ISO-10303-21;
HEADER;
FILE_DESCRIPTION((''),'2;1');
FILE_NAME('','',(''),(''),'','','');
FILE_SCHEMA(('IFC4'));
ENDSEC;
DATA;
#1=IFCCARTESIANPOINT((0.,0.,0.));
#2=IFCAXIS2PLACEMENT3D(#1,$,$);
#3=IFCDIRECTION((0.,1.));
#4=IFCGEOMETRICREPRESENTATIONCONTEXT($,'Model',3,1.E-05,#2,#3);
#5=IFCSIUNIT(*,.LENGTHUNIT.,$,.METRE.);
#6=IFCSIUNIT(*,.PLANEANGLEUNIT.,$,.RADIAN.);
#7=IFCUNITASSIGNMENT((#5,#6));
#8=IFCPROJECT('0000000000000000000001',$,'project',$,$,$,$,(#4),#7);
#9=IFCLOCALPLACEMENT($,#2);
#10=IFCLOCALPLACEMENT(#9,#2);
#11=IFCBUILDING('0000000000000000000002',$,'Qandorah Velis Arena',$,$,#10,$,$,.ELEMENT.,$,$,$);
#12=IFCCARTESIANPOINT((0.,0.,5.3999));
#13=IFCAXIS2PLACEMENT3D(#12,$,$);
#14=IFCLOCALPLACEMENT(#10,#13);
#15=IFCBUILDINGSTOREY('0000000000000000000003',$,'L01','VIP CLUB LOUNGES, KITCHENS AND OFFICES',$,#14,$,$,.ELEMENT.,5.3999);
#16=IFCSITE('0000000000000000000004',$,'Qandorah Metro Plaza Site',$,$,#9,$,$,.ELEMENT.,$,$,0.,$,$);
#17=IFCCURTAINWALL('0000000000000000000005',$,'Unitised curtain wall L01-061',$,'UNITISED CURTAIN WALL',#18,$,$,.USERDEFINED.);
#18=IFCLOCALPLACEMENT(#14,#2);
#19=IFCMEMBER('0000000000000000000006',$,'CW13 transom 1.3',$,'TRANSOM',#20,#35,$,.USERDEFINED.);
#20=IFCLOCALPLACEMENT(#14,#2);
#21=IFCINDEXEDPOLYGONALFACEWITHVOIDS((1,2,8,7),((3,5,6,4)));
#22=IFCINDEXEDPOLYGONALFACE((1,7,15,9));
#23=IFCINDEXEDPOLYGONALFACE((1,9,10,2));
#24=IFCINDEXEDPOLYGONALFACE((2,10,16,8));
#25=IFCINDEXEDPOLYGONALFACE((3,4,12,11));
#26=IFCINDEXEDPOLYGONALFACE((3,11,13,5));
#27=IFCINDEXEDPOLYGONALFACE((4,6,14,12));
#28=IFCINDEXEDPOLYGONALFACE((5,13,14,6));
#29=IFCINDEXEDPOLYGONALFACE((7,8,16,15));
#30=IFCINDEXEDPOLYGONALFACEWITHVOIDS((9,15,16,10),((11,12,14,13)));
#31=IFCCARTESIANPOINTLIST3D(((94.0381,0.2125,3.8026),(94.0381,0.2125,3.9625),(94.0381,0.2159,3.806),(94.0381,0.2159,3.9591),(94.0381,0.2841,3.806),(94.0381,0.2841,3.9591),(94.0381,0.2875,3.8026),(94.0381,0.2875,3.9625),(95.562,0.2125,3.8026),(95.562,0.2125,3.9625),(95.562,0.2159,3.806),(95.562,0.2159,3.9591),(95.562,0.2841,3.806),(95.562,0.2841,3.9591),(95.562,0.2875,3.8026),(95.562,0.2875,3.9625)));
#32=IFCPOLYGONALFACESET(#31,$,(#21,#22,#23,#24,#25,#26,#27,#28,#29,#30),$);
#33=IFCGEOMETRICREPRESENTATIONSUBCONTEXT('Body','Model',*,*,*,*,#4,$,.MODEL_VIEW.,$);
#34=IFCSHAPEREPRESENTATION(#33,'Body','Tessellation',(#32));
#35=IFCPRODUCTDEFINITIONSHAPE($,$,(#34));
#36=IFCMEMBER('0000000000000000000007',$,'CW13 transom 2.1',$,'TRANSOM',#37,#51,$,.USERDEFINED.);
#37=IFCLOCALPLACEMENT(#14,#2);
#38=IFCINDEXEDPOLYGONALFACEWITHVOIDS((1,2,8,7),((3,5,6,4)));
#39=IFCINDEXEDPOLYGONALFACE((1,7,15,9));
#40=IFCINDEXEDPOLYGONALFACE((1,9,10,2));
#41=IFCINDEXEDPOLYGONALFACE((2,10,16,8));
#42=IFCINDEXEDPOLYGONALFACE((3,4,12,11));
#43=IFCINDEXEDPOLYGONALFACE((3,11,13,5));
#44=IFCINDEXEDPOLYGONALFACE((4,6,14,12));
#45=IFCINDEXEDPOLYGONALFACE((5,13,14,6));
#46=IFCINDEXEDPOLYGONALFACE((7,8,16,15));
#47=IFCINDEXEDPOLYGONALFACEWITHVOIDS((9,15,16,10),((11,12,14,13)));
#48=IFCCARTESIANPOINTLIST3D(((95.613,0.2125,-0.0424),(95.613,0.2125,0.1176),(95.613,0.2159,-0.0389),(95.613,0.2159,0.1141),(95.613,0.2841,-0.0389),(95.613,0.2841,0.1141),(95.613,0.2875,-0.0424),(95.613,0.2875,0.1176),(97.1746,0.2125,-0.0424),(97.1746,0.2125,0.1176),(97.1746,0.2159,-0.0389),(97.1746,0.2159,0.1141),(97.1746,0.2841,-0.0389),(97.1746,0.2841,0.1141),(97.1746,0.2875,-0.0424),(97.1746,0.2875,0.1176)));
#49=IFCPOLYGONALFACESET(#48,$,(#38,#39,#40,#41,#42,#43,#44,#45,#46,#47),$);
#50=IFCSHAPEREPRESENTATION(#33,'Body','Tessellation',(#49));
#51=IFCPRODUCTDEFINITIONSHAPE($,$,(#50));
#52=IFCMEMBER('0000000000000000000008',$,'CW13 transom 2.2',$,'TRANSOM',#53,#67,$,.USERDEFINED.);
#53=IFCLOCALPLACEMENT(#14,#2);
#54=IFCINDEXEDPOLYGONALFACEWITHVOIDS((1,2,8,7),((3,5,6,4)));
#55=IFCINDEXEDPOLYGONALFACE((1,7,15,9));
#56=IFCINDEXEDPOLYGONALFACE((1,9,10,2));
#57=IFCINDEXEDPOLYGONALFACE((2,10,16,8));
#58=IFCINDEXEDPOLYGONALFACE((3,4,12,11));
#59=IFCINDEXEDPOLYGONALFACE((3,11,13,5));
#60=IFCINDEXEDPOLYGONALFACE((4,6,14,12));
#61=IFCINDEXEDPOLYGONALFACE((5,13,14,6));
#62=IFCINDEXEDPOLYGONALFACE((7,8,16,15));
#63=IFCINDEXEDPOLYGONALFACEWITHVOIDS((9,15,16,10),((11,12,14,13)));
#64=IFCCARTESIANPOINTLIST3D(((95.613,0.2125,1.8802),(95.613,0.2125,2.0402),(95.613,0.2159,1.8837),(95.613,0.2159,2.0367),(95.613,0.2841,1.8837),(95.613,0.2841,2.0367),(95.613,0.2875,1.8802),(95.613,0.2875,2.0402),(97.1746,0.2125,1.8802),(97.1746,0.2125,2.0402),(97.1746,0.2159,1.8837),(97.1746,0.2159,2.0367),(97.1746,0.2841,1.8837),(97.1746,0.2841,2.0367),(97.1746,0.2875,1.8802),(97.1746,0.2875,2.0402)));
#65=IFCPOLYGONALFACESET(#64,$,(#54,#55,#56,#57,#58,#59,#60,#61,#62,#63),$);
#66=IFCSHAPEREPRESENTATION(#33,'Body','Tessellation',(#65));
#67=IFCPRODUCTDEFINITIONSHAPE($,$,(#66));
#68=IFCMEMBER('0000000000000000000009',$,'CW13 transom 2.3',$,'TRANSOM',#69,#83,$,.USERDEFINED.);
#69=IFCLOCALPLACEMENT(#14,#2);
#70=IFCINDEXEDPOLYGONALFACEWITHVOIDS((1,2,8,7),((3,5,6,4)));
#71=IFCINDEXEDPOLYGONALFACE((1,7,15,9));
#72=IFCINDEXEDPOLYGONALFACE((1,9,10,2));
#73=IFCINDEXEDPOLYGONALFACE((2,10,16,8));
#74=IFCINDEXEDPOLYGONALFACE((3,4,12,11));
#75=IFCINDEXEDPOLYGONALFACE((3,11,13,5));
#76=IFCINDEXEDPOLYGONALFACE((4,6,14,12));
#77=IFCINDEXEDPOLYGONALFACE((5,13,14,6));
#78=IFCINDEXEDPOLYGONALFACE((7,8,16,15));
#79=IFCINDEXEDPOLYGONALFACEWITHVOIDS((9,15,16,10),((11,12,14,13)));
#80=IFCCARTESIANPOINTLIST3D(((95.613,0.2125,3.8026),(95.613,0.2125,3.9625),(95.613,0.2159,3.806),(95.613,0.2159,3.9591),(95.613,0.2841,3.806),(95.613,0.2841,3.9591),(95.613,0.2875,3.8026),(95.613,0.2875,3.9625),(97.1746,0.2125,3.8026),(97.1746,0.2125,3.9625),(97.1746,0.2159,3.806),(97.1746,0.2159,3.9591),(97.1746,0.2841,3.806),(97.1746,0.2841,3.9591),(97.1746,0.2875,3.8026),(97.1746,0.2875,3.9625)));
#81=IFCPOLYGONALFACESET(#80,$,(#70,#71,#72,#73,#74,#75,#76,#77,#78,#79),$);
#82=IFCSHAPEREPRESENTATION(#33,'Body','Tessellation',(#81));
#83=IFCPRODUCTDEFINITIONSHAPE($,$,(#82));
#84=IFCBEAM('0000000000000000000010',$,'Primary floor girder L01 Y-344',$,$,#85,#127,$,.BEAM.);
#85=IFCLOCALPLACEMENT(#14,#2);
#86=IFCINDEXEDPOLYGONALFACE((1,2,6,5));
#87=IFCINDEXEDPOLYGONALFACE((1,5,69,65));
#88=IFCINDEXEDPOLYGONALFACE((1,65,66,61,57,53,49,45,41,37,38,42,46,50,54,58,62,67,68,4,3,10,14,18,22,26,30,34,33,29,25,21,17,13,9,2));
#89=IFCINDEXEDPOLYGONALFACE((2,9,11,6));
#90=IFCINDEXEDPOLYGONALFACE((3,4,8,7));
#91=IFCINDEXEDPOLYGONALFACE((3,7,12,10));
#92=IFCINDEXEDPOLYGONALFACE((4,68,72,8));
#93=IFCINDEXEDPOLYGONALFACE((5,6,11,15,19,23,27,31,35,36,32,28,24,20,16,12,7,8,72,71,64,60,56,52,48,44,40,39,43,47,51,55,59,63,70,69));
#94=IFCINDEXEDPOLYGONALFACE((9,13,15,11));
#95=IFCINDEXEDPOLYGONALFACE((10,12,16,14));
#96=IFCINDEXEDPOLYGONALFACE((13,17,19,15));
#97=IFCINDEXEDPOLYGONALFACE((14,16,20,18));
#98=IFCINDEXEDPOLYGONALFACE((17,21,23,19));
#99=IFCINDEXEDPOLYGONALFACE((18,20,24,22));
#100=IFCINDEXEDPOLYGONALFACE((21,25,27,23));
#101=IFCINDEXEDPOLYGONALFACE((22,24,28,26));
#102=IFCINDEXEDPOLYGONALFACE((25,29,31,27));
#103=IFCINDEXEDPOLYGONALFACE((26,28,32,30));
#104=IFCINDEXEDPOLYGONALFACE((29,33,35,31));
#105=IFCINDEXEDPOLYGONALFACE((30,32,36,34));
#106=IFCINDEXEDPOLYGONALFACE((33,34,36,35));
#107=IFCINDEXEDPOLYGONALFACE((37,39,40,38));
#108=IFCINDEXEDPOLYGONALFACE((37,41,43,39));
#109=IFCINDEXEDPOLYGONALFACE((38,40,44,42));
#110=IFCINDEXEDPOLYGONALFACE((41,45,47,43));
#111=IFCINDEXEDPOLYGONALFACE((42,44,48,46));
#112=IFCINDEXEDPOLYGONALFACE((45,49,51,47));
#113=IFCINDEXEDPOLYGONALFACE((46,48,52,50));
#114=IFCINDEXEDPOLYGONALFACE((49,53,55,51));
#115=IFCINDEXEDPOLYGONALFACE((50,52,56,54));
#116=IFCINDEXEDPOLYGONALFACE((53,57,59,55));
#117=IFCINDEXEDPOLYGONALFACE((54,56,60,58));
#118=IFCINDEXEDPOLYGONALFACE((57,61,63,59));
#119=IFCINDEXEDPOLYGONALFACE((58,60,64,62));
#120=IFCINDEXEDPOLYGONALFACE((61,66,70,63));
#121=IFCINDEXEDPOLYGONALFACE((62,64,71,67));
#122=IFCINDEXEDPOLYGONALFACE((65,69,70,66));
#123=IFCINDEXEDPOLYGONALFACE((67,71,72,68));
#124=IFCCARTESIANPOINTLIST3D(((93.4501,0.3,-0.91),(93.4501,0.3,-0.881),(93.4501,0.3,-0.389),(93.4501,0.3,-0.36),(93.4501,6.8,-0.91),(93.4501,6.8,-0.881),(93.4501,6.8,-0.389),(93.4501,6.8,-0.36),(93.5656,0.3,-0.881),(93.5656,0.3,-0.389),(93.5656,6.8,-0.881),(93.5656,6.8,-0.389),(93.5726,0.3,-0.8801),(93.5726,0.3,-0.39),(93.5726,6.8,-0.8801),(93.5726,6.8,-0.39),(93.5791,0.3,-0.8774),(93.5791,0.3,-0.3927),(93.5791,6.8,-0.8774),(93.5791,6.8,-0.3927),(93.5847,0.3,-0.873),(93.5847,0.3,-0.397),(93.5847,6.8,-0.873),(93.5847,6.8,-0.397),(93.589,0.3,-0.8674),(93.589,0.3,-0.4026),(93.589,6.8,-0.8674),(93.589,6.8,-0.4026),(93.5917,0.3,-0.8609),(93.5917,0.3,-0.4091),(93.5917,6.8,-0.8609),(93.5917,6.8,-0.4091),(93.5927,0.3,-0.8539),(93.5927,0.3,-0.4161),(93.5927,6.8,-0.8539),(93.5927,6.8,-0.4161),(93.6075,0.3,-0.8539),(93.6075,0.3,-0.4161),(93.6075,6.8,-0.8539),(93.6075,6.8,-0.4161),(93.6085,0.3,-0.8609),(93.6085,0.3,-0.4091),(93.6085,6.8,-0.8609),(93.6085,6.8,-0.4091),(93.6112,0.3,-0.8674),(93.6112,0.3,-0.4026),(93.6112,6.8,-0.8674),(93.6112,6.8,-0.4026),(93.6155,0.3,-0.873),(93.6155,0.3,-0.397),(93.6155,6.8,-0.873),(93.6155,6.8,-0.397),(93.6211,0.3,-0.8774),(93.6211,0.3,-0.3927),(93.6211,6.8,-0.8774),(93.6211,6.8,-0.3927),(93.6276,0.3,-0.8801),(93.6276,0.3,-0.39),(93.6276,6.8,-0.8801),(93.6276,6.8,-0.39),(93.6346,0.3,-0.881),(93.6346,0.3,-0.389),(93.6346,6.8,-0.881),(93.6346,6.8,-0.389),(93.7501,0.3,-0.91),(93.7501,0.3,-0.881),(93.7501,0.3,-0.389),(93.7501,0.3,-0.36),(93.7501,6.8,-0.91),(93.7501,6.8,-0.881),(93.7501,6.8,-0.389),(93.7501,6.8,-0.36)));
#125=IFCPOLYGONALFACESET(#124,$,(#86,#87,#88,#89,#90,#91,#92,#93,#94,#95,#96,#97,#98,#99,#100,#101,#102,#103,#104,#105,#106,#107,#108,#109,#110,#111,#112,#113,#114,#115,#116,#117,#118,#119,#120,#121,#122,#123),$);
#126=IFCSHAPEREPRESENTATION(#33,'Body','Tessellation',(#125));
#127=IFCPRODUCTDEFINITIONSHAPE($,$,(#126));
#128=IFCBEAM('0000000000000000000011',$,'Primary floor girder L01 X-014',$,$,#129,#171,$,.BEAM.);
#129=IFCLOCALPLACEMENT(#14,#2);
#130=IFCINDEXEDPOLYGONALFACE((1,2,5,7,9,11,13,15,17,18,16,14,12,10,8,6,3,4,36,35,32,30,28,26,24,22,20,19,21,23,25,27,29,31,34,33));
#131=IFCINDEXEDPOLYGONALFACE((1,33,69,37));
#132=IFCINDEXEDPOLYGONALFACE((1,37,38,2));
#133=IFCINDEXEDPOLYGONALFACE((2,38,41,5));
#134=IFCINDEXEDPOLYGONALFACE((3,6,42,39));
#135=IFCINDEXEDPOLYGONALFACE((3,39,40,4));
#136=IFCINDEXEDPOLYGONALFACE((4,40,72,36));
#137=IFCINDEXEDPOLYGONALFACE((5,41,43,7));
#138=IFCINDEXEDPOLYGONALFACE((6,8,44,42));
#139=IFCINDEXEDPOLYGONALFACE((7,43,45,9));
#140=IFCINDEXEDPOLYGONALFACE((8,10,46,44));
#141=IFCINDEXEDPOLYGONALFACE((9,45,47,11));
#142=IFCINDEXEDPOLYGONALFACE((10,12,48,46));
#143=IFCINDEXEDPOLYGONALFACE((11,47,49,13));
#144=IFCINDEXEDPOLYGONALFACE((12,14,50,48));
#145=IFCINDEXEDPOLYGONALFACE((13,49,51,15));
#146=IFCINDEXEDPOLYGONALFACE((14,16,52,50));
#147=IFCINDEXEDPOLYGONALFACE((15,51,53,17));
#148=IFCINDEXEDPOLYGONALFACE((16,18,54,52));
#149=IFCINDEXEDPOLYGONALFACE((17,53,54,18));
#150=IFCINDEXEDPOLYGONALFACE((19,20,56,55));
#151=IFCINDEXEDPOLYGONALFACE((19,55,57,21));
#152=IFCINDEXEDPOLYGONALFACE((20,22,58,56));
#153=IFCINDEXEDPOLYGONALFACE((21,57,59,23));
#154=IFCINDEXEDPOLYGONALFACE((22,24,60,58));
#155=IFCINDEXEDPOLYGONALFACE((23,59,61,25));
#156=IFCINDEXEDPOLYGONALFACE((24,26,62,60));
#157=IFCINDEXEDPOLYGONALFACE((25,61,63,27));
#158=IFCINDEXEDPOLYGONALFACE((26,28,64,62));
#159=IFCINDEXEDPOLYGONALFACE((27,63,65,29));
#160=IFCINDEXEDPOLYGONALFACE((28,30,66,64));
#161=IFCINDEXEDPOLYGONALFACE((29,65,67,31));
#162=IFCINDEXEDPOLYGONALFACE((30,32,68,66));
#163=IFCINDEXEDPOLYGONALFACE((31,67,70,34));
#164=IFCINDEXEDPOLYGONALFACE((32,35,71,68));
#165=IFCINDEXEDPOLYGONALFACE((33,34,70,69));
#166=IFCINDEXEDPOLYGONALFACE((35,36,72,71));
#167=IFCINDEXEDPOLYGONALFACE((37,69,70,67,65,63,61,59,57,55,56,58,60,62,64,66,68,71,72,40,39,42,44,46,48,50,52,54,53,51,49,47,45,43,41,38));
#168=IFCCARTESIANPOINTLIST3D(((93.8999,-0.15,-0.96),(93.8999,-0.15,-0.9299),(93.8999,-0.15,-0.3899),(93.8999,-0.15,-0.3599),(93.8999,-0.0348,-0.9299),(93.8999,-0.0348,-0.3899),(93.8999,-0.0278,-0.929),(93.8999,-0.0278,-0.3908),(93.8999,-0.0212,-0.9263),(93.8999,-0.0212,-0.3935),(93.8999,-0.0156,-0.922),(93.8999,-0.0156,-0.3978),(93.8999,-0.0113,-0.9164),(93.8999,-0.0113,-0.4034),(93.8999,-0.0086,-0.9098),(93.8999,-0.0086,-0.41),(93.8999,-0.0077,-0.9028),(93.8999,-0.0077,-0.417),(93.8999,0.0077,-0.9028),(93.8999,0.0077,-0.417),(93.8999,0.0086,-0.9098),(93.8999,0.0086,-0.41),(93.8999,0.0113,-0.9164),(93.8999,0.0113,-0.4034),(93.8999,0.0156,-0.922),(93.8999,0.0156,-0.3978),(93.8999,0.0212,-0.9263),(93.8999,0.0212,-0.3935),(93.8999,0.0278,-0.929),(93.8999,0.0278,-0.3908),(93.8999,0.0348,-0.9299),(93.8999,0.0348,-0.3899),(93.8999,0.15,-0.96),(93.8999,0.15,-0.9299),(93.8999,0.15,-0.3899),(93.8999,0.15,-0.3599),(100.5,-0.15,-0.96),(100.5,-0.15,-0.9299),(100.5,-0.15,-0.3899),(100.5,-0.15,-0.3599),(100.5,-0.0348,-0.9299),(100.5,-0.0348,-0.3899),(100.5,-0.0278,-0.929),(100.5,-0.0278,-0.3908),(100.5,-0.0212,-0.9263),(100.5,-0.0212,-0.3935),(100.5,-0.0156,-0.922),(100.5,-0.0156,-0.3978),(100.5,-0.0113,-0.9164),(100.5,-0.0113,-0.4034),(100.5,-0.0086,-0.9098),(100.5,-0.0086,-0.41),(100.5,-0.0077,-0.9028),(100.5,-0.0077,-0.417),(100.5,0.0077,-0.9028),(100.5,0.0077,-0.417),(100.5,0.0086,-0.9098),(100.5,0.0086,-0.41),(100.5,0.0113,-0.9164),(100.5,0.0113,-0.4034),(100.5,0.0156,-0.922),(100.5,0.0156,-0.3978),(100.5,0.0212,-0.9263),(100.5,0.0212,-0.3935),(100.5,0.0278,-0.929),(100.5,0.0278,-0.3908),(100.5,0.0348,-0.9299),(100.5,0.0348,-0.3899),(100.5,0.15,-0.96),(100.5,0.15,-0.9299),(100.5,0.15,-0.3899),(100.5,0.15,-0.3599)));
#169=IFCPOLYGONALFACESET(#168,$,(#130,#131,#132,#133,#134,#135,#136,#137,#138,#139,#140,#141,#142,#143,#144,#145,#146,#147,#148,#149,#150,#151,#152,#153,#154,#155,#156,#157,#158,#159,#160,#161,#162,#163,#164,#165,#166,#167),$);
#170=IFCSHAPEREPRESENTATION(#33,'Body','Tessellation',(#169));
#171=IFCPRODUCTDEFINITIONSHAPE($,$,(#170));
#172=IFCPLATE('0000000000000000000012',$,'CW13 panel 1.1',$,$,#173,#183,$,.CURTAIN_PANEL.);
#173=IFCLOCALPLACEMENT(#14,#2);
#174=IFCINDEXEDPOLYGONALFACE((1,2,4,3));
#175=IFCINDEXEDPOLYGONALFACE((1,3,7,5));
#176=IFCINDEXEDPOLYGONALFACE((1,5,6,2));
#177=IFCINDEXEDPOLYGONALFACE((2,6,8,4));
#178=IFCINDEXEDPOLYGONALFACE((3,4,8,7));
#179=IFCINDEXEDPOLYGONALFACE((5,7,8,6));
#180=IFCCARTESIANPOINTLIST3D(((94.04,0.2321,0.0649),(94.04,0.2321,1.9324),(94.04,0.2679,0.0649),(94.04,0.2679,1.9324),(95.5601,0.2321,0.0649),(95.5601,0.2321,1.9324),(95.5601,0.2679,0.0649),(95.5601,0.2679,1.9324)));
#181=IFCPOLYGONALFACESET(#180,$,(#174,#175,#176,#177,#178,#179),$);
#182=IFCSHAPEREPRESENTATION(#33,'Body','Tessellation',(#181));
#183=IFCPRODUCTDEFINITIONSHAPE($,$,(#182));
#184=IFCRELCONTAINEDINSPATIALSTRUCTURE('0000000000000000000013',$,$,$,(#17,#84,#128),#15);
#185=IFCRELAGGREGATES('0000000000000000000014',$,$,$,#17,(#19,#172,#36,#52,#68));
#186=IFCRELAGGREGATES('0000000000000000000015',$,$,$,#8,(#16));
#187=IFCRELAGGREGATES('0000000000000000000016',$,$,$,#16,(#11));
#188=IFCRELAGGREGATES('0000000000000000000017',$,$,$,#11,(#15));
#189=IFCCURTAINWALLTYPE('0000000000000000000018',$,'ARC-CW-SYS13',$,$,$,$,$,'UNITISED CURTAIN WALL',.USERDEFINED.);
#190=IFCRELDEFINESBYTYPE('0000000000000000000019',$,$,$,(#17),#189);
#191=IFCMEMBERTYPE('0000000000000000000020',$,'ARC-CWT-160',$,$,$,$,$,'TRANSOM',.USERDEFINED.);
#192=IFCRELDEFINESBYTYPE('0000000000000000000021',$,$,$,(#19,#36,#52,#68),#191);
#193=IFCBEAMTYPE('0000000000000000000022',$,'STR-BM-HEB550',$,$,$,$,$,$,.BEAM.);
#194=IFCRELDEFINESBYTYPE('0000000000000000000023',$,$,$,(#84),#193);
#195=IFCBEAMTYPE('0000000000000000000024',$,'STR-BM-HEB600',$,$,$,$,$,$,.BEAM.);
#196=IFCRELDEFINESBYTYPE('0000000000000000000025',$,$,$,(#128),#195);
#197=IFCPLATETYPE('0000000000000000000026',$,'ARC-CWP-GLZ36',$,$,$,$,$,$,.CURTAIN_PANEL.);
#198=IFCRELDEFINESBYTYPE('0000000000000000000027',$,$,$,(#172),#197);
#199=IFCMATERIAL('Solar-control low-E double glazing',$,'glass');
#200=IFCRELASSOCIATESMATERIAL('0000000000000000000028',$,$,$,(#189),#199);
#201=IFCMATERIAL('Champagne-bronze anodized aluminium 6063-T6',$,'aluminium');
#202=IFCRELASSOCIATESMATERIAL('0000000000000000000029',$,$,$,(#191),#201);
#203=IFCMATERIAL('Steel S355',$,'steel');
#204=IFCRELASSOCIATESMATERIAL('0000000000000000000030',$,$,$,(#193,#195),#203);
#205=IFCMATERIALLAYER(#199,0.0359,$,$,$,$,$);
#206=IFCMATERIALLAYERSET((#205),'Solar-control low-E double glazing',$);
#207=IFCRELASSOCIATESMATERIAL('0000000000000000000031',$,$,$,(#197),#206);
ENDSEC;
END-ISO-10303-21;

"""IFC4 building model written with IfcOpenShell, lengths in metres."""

from ifc_helpers import new_model, si_unit, direction, frame, origin, origin_2d, place, context, subcontext, project, spatial, rectangle, hollow_rectangle, i_section, extrude, material, layer, layer_set, material_profile, profile_set, type_object, element, aggregate, save


model = new_model("IFC4")

# Units and contexts
model_context = context("Model", 3, precision=1e-05, world=origin(), true_north=direction((0.0, 1.0)))
body_context = subcontext(model_context, "Body", "Model", "MODEL_VIEW")
ifc_project = project(units=[si_unit("LENGTHUNIT", "METRE"), si_unit("PLANEANGLEUNIT", "RADIAN")], contexts=[model_context])

# Site, building, storey
site_placement = place(None, origin())
site = spatial("IfcSite", under=ifc_project, at=site_placement, Name="Qandorah Metro Plaza Site", CompositionType="ELEMENT", RefElevation=0.0)
building_placement = place(site_placement, origin())
building = spatial("IfcBuilding", under=site, at=building_placement, Name="Qandorah Velis Arena", CompositionType="ELEMENT")
storey_placement = place(building_placement, frame((0.0, 0.0, 5.3999)))
storey = spatial("IfcBuildingStorey", under=building, at=storey_placement, Name="L01", Description="VIP CLUB LOUNGES, KITCHENS AND OFFICES", CompositionType="ELEMENT", Elevation=5.3999)

# Shared definitions
ifc_material_1 = material(Name="Solar-control low-E double glazing", Category="glass")
ifc_material_2 = material(Name="Champagne-bronze anodized aluminium 6063-T6", Category="aluminium")

# Curtain wall
curtain_wall_type_1 = type_object("IfcCurtainWallType", Name="ARC-CW-SYS13", ElementType="UNITISED CURTAIN WALL", PredefinedType="USERDEFINED", material=ifc_material_1)
curtain_wall_1_placement = place(storey_placement, origin())
curtain_wall_1 = element("IfcCurtainWall", 1, at=curtain_wall_1_placement, inside=storey, type_object=curtain_wall_type_1, Name="Unitised curtain wall L01-061", ObjectType="UNITISED CURTAIN WALL", PredefinedType="USERDEFINED")

# Members
ifc_material_profile_1 = material_profile(ifc_material_2, hollow_rectangle(XDim=0.075, YDim=0.1599, WallThickness=0.0034, at=origin_2d()), Name="ALU TRANSOM 75x160")
ifc_profile_set_1 = profile_set([ifc_material_profile_1], Name="Champagne-bronze anodized aluminium 6063-T6")
member_type_1 = type_object("IfcMemberType", Name="ARC-CWT-160", ElementType="TRANSOM", PredefinedType="USERDEFINED", material=ifc_profile_set_1)
member_1_placement = place(storey_placement, frame((94.0381, 0.25, 3.8826), z_axis=(1.0, 0.0, 0.0), x_axis=(0.0, 1.0, 0.0)))
member_1 = element("IfcMember", 2, at=member_1_placement, type_object=member_type_1, Name="CW13 transom 1.3", ObjectType="TRANSOM", PredefinedType="USERDEFINED", context=body_context, shape_type="SweptSolid", body=[
    extrude(hollow_rectangle(XDim=0.075, YDim=0.1599, WallThickness=0.0034, at=origin_2d()), origin(), (0.0, 0.0, 1.0), 1.5239),
])
member_2_placement = place(storey_placement, frame((95.613, 0.25, 0.0376), z_axis=(1.0, 0.0, 0.0), x_axis=(0.0, 1.0, 0.0)))
member_2 = element("IfcMember", 3, at=member_2_placement, type_object=member_type_1, Name="CW13 transom 2.1", ObjectType="TRANSOM", PredefinedType="USERDEFINED", context=body_context, shape_type="SweptSolid", body=[
    extrude(hollow_rectangle(XDim=0.075, YDim=0.1599, WallThickness=0.0034, at=origin_2d()), origin(), (0.0, 0.0, 1.0), 1.5615),
])
member_3_placement = place(storey_placement, frame((95.613, 0.25, 1.9602), z_axis=(1.0, 0.0, 0.0), x_axis=(0.0, 1.0, 0.0)))
member_3 = element("IfcMember", 4, at=member_3_placement, type_object=member_type_1, Name="CW13 transom 2.2", ObjectType="TRANSOM", PredefinedType="USERDEFINED", context=body_context, shape_type="SweptSolid", body=[
    extrude(hollow_rectangle(XDim=0.075, YDim=0.1599, WallThickness=0.0034, at=origin_2d()), origin(), (0.0, 0.0, 1.0), 1.5615),
])
member_4_placement = place(storey_placement, frame((95.613, 0.25, 3.8826), z_axis=(1.0, 0.0, 0.0), x_axis=(0.0, 1.0, 0.0)))
member_4 = element("IfcMember", 5, at=member_4_placement, type_object=member_type_1, Name="CW13 transom 2.3", ObjectType="TRANSOM", PredefinedType="USERDEFINED", context=body_context, shape_type="SweptSolid", body=[
    extrude(hollow_rectangle(XDim=0.075, YDim=0.1599, WallThickness=0.0034, at=origin_2d()), origin(), (0.0, 0.0, 1.0), 1.5615),
])

# Beams
ifc_material_3 = material(Name="Steel S355", Category="steel")
ifc_material_profile_2 = material_profile(ifc_material_3, i_section(OverallWidth=0.3, OverallDepth=0.55, WebThickness=0.0149, FlangeThickness=0.0291, FilletRadius=0.0271, at=origin_2d()), Name="HEB 550")
ifc_profile_set_2 = profile_set([ifc_material_profile_2], Name="Steel S355")
beam_type_1 = type_object("IfcBeamType", Name="STR-BM-HEB550", PredefinedType="BEAM", material=ifc_profile_set_2)
beam_1_placement = place(storey_placement, frame((93.6001, 0.3, -0.635), z_axis=(0.0, 1.0, 0.0), x_axis=(-1.0, 0.0, 0.0)))
element("IfcBeam", 6, at=beam_1_placement, inside=storey, type_object=beam_type_1, Name="Primary floor girder L01 Y-344", PredefinedType="BEAM", context=body_context, shape_type="SweptSolid", body=[
    extrude(i_section(OverallWidth=0.3, OverallDepth=0.55, WebThickness=0.0149, FlangeThickness=0.0291, FilletRadius=0.0271, at=origin_2d()), origin(), (0.0, 0.0, 1.0), 6.5),
])
ifc_material_profile_3 = material_profile(ifc_material_3, i_section(OverallWidth=0.3, OverallDepth=0.6001, WebThickness=0.0154, FlangeThickness=0.03, FilletRadius=0.0271, at=origin_2d()), Name="HEB 600")
ifc_profile_set_3 = profile_set([ifc_material_profile_3], Name="Steel S355")
beam_type_2 = type_object("IfcBeamType", Name="STR-BM-HEB600", PredefinedType="BEAM", material=ifc_profile_set_3)
beam_2_placement = place(storey_placement, frame((93.8999, 0.0, -0.6599), z_axis=(1.0, 0.0, 0.0), x_axis=(0.0, 1.0, 0.0)))
element("IfcBeam", 7, at=beam_2_placement, inside=storey, type_object=beam_type_2, Name="Primary floor girder L01 X-014", PredefinedType="BEAM", context=body_context, shape_type="SweptSolid", body=[
    extrude(i_section(OverallWidth=0.3, OverallDepth=0.6001, WebThickness=0.0154, FlangeThickness=0.03, FilletRadius=0.0271, at=origin_2d()), origin(), (0.0, 0.0, 1.0), 6.6001),
])

# Plate
ifc_layer_1 = layer(ifc_material_1, 0.0359)
ifc_layer_set_1 = layer_set([ifc_layer_1], Name="Solar-control low-E double glazing")
plate_type_1 = type_object("IfcPlateType", Name="ARC-CWP-GLZ36", PredefinedType="CURTAIN_PANEL", material=ifc_layer_set_1)
plate_1_placement = place(storey_placement, frame((94.8, 0.25, 0.0649), z_axis=(0.0, 0.0, 1.0), x_axis=(1.0, 0.0, 0.0)))
plate_1 = element("IfcPlate", 8, at=plate_1_placement, type_object=plate_type_1, Name="CW13 panel 1.1", PredefinedType="CURTAIN_PANEL", context=body_context, shape_type="SweptSolid", body=[
    extrude(rectangle(XDim=1.52, YDim=0.0359, at=origin_2d()), origin(), (0.0, 0.0, 1.0), 1.8674),
])
aggregate(curtain_wall_1, [member_1, plate_1, member_2, member_3, member_4])

save(model, "model.ifc")
